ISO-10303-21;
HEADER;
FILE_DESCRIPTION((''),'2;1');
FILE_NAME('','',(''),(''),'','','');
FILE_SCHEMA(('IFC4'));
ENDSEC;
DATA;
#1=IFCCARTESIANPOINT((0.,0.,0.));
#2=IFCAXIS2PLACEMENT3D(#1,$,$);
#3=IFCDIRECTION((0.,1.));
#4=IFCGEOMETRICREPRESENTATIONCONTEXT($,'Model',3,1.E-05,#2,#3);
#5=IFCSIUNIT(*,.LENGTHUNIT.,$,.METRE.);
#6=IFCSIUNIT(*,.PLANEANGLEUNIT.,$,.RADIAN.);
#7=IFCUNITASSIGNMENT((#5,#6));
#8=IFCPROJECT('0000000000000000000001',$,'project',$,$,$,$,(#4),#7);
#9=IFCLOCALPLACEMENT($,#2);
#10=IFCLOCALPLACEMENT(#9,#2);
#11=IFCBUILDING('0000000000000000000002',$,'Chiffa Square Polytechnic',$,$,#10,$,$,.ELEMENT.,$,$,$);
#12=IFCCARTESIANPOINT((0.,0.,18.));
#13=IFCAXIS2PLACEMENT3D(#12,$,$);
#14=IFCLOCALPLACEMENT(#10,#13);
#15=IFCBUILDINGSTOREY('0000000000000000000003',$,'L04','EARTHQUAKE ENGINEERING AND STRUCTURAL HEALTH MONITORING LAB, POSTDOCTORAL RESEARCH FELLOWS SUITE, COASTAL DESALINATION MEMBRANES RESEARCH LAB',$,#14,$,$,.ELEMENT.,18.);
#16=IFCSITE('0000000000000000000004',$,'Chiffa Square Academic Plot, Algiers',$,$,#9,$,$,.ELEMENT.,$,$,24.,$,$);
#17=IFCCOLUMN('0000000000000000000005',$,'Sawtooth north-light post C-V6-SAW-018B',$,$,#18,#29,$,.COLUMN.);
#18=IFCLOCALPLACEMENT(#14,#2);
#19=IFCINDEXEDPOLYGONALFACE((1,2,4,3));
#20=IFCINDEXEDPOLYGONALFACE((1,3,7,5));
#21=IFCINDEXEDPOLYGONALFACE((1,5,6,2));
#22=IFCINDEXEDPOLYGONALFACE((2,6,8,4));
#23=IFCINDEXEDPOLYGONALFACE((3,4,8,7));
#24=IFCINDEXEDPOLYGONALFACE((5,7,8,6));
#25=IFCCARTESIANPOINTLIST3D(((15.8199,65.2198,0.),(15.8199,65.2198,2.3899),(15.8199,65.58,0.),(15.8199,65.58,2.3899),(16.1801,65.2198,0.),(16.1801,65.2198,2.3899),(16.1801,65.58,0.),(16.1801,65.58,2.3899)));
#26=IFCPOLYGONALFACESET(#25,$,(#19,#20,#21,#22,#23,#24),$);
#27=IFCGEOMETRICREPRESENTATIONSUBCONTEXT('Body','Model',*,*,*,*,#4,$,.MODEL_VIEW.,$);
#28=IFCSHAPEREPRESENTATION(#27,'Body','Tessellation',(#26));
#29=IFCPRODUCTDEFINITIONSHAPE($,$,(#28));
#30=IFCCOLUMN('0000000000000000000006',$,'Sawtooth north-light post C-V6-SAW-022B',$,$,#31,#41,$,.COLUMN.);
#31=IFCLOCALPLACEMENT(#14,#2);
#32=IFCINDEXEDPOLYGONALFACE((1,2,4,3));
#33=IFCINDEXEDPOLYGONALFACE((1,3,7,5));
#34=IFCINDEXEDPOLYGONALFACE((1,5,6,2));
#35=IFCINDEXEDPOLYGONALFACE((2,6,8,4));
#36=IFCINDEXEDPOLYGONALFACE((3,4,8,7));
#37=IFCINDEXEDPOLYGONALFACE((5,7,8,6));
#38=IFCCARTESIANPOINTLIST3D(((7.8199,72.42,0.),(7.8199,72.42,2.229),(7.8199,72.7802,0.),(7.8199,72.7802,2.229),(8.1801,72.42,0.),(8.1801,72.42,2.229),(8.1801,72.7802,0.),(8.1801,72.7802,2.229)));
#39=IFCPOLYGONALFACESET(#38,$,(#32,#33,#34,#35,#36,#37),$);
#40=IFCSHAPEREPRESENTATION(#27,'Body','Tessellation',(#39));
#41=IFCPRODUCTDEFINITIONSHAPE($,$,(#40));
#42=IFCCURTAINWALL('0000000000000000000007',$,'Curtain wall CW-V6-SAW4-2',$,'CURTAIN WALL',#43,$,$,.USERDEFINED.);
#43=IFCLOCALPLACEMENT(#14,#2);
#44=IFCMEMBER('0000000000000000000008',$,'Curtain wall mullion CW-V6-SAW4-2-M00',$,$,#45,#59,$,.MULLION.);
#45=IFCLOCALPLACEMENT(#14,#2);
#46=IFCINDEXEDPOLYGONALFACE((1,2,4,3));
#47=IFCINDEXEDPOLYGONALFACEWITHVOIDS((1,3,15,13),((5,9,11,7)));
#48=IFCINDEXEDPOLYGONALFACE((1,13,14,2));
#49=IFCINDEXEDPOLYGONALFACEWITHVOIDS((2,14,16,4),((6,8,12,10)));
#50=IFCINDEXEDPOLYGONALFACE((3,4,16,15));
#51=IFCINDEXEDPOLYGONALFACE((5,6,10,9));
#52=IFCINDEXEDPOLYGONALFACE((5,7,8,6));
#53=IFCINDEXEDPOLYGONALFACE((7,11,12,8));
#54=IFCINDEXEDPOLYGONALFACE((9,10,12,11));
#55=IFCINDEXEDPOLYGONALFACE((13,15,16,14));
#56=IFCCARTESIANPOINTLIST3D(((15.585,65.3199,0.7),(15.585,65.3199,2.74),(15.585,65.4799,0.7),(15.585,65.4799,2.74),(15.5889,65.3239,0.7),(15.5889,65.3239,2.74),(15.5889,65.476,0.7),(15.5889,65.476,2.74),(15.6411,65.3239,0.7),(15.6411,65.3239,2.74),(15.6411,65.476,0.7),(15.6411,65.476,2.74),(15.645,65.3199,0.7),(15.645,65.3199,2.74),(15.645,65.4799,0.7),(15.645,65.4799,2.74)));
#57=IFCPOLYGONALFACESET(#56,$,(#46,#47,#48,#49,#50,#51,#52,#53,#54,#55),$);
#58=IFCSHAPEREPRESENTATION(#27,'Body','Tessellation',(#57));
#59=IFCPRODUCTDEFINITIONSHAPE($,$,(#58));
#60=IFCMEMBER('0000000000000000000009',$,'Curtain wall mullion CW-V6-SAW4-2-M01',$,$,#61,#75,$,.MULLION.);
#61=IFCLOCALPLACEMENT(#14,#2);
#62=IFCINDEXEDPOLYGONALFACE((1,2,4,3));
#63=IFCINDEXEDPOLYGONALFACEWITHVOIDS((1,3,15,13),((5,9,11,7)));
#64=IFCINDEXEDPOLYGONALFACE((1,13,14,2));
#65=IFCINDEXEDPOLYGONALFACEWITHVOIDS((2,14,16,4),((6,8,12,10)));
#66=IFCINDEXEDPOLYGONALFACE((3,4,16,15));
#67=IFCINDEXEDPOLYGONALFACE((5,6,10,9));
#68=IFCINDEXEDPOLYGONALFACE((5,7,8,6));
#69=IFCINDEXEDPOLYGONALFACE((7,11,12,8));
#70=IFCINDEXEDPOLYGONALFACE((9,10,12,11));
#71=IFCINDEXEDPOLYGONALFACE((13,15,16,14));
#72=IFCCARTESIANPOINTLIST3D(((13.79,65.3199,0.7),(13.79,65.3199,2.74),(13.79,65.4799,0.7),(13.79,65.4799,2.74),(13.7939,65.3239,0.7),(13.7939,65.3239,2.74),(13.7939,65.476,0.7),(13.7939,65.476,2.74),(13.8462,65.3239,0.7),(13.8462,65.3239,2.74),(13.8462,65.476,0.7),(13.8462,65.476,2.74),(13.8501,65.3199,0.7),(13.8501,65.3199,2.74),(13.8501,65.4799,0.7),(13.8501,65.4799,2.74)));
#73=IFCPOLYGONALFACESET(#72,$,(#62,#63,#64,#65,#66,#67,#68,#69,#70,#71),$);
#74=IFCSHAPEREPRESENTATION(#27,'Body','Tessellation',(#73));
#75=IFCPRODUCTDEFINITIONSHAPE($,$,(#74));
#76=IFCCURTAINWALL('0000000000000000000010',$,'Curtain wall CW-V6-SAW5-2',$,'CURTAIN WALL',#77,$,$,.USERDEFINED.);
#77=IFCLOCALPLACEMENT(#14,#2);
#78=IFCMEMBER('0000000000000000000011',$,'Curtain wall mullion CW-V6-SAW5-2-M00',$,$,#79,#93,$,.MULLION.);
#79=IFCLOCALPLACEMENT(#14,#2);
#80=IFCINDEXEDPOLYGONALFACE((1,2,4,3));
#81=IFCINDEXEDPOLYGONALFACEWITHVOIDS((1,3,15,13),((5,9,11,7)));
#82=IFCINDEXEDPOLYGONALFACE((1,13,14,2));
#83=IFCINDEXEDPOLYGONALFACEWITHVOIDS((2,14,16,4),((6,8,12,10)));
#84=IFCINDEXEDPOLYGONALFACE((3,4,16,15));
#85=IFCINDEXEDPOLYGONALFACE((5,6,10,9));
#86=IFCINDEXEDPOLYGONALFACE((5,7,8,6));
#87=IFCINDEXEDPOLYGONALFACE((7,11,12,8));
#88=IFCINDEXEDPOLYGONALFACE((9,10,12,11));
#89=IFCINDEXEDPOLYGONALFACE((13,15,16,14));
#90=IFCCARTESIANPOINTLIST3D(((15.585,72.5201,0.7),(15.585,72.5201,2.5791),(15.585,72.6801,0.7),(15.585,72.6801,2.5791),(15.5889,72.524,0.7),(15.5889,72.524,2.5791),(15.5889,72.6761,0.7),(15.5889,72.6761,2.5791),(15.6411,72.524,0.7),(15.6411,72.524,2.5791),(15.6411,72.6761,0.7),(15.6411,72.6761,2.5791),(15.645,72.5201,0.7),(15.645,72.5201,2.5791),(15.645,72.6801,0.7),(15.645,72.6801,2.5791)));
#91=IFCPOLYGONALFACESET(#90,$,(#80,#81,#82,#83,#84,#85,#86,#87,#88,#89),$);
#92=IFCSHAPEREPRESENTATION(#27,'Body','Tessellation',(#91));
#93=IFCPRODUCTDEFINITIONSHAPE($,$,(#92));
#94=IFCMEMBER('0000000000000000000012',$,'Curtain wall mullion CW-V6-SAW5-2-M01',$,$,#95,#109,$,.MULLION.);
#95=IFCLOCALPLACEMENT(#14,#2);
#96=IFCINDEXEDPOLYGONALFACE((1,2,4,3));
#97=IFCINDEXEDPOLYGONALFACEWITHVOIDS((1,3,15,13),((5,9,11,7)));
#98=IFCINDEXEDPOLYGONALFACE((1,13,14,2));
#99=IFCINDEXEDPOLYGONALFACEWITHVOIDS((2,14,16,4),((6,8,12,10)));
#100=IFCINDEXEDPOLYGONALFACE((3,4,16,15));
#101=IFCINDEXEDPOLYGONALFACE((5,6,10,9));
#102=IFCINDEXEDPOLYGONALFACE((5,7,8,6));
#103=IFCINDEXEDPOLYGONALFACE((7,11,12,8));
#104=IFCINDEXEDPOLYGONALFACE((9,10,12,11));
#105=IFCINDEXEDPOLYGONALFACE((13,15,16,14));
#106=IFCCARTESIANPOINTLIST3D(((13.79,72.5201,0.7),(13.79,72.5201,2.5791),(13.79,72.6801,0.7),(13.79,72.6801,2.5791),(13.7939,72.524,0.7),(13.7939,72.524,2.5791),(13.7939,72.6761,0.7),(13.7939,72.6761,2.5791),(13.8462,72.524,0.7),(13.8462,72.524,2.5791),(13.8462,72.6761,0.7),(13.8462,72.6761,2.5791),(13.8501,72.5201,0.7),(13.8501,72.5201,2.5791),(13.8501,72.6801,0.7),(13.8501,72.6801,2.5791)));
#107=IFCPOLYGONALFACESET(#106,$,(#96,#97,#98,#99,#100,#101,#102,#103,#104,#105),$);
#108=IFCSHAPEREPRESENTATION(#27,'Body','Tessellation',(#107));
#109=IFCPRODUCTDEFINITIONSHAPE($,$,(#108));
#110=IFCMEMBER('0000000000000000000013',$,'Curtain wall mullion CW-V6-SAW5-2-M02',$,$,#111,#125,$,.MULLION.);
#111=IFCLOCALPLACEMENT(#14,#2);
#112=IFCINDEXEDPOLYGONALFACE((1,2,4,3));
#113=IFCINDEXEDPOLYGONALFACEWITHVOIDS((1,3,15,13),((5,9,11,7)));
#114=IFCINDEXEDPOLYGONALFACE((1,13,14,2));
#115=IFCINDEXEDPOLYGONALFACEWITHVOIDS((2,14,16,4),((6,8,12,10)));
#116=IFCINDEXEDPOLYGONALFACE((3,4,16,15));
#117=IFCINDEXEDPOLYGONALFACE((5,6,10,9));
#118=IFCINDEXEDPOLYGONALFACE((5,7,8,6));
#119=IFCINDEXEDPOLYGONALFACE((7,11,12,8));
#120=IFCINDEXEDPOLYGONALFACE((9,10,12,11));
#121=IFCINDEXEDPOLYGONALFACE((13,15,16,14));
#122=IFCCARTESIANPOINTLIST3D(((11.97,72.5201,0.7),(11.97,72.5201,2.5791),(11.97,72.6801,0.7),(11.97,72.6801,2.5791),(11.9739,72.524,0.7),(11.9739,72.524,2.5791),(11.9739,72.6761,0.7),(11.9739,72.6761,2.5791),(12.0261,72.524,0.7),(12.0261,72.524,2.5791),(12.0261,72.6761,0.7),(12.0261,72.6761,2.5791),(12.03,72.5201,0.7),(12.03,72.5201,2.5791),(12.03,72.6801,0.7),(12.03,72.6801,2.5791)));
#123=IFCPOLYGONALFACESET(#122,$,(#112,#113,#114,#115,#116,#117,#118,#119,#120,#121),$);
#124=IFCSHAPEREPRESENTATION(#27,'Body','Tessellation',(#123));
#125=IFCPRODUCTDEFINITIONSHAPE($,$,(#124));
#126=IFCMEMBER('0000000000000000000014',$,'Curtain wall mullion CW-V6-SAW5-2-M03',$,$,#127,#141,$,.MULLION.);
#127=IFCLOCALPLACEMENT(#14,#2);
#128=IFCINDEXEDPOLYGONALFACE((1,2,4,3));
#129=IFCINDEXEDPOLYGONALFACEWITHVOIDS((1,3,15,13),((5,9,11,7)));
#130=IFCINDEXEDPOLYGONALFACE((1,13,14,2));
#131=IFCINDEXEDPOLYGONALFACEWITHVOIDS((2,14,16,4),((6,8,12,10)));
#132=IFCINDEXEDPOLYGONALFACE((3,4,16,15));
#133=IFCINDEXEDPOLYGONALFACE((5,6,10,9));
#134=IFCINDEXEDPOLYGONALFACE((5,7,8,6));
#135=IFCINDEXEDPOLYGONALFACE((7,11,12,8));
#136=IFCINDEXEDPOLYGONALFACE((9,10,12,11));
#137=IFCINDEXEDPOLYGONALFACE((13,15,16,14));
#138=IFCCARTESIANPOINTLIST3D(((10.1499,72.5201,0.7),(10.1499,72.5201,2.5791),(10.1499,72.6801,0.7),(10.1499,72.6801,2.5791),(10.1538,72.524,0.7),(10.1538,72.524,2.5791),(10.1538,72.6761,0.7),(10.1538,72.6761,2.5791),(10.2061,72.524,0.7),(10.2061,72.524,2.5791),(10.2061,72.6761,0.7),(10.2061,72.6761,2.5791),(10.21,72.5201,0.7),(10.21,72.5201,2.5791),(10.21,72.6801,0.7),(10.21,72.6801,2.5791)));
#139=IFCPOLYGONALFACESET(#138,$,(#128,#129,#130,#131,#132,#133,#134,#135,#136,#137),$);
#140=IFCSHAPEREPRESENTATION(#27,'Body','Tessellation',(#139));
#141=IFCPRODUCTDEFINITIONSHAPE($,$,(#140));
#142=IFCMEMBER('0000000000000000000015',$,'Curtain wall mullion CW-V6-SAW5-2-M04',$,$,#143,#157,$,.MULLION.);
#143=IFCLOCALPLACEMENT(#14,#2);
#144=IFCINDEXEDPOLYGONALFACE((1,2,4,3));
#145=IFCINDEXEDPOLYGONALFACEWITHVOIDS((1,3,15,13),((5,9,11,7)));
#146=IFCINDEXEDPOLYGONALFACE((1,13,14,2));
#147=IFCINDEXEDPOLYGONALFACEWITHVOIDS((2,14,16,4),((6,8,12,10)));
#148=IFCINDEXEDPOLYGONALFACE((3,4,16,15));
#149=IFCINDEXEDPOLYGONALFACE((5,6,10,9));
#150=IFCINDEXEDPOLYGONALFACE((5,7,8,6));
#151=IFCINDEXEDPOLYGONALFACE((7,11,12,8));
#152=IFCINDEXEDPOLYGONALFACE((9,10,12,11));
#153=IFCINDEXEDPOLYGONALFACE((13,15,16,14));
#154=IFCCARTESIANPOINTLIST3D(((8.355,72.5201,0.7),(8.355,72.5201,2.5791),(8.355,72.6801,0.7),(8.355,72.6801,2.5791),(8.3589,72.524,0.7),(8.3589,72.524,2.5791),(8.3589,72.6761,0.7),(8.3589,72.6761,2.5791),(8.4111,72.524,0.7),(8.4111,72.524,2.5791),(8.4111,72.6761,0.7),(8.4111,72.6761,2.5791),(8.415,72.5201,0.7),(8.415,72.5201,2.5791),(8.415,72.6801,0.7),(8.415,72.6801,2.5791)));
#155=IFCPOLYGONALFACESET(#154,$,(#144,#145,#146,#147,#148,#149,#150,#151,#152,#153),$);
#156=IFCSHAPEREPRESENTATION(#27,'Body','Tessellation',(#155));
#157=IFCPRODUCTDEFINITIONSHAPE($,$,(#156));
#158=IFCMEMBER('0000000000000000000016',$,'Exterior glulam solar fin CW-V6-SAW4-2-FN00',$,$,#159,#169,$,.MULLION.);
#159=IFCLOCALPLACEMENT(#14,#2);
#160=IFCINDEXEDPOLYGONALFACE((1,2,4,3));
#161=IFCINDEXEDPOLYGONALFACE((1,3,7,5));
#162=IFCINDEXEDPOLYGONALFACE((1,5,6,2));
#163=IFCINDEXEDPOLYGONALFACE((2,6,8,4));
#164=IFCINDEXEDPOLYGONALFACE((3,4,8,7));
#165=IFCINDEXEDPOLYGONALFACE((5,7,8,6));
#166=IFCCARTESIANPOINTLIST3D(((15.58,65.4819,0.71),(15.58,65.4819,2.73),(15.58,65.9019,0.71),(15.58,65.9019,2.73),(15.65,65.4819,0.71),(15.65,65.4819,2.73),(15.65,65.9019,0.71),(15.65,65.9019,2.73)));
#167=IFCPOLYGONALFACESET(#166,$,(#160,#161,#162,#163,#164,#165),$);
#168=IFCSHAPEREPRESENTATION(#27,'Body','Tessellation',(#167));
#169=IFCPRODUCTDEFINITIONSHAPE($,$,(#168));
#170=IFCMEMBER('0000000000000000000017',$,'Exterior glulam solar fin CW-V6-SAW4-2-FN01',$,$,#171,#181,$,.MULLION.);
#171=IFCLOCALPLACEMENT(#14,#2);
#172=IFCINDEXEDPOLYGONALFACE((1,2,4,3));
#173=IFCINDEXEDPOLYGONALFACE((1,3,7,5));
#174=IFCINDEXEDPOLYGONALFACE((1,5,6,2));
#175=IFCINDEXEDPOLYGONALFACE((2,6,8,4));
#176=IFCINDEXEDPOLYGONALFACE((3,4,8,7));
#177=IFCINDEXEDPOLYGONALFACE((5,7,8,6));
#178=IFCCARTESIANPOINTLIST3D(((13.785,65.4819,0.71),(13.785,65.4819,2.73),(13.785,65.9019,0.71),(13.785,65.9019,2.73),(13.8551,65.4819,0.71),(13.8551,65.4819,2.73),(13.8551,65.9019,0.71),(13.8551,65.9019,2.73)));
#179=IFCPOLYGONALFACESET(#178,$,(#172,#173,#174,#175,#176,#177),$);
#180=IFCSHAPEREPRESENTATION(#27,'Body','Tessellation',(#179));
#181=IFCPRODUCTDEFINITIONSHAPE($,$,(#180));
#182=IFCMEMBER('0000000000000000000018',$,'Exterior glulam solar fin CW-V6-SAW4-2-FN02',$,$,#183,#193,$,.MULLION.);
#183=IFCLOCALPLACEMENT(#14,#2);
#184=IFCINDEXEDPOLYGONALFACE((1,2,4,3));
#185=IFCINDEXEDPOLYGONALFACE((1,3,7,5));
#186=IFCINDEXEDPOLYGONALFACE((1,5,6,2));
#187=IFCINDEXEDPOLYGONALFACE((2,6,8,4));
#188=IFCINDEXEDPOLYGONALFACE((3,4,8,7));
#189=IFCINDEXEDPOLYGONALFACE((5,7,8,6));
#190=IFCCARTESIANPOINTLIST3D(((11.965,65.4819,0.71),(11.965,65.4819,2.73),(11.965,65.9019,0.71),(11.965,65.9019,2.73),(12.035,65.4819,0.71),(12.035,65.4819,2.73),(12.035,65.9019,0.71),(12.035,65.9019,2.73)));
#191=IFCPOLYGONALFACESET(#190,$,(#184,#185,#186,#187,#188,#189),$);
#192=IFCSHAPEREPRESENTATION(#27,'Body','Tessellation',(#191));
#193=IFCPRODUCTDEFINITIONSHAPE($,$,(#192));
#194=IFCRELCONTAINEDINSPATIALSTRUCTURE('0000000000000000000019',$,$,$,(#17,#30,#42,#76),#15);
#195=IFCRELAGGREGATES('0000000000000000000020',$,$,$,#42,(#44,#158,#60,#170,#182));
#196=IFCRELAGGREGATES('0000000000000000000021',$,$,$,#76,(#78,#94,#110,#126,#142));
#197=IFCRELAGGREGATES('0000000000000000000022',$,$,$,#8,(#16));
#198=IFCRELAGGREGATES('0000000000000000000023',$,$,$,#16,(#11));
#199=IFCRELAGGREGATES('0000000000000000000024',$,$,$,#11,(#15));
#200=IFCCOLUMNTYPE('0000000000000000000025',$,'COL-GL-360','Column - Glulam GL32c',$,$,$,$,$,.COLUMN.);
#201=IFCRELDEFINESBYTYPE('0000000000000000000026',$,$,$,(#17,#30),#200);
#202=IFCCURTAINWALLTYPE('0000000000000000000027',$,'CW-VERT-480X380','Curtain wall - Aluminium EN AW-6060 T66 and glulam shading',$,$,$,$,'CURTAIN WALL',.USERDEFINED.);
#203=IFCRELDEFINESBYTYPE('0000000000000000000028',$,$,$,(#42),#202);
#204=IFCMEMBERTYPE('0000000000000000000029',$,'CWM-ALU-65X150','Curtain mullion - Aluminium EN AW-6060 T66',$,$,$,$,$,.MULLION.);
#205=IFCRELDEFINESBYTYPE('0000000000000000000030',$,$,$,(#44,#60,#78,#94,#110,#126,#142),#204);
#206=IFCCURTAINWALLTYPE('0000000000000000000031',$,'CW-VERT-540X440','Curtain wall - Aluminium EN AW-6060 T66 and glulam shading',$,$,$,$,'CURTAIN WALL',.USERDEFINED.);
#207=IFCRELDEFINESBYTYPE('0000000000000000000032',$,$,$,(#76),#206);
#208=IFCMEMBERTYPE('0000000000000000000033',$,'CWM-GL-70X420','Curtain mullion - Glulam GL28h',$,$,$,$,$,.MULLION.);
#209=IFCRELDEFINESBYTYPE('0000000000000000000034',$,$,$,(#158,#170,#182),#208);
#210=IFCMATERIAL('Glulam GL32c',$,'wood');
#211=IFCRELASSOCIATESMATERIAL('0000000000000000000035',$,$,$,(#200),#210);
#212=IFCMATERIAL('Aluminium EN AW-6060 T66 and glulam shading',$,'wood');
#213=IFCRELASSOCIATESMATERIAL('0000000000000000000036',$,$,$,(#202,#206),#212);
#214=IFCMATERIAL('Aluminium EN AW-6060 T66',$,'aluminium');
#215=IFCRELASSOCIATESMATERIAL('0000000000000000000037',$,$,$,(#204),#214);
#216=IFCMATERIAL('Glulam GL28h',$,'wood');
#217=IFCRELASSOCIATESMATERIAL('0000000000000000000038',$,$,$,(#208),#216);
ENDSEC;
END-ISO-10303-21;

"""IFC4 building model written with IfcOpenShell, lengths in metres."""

from ifc_helpers import new_model, si_unit, direction, frame, origin, origin_2d, place, context, subcontext, project, spatial, rectangle, hollow_rectangle, extrude, material, material_profile, profile_set, type_object, element, aggregate, save


model = new_model("IFC4")

# Units and contexts
model_context = context("Model", 3, precision=1e-05, world=origin(), true_north=direction((0.0, 1.0)))
body_context = subcontext(model_context, "Body", "Model", "MODEL_VIEW")
ifc_project = project(units=[si_unit("LENGTHUNIT", "METRE"), si_unit("PLANEANGLEUNIT", "RADIAN")], contexts=[model_context])

# Site, building, storey
site_placement = place(None, origin())
site = spatial("IfcSite", under=ifc_project, at=site_placement, Name="Chiffa Square Academic Plot, Algiers", CompositionType="ELEMENT", RefElevation=24.0)
building_placement = place(site_placement, origin())
building = spatial("IfcBuilding", under=site, at=building_placement, Name="Chiffa Square Polytechnic", CompositionType="ELEMENT")
storey_placement = place(building_placement, frame((0.0, 0.0, 18.0)))
storey = spatial("IfcBuildingStorey", under=building, at=storey_placement, Name="L04", Description="EARTHQUAKE ENGINEERING AND STRUCTURAL HEALTH MONITORING LAB, POSTDOCTORAL RESEARCH FELLOWS SUITE, COASTAL DESALINATION MEMBRANES RESEARCH LAB", CompositionType="ELEMENT", Elevation=18.0)

# Columns
ifc_material_1 = material(Name="Glulam GL32c", Category="wood")
ifc_material_profile_1 = material_profile(ifc_material_1, rectangle(XDim=0.3601, YDim=0.3601, at=origin_2d()), Name="GL32c 360x360")
ifc_profile_set_1 = profile_set([ifc_material_profile_1], Name="Glulam GL32c")
column_type = type_object("IfcColumnType", Name="COL-GL-360", Description="Column - Glulam GL32c", PredefinedType="COLUMN", material=ifc_profile_set_1)
column_1_placement = place(storey_placement, frame((16.0, 65.3999, 0.0), z_axis=(0.0, 0.0, 1.0), x_axis=(1.0, 0.0, 0.0)))
element("IfcColumn", 1, at=column_1_placement, inside=storey, type_object=column_type, Name="Sawtooth north-light post C-V6-SAW-018B", PredefinedType="COLUMN", context=body_context, shape_type="SweptSolid", body=[
    extrude(rectangle(XDim=0.3601, YDim=0.3601, at=origin_2d()), origin(), (0.0, 0.0, 1.0), 2.3899),
])
column_2_placement = place(storey_placement, frame((8.0, 72.6001, 0.0), z_axis=(0.0, 0.0, 1.0), x_axis=(1.0, 0.0, 0.0)))
element("IfcColumn", 2, at=column_2_placement, inside=storey, type_object=column_type, Name="Sawtooth north-light post C-V6-SAW-022B", PredefinedType="COLUMN", context=body_context, shape_type="SweptSolid", body=[
    extrude(rectangle(XDim=0.3601, YDim=0.3601, at=origin_2d()), origin(), (0.0, 0.0, 1.0), 2.229),
])

# Curtain walls, members
ifc_material_2 = material(Name="Aluminium EN AW-6060 T66 and glulam shading", Category="wood")
curtain_wall_type_1 = type_object("IfcCurtainWallType", Name="CW-VERT-480X380", Description="Curtain wall - Aluminium EN AW-6060 T66 and glulam shading", ElementType="CURTAIN WALL", PredefinedType="USERDEFINED", material=ifc_material_2)
curtain_wall_1_placement = place(storey_placement, origin())
curtain_wall_1 = element("IfcCurtainWall", 3, at=curtain_wall_1_placement, inside=storey, type_object=curtain_wall_type_1, Name="Curtain wall CW-V6-SAW4-2", ObjectType="CURTAIN WALL", PredefinedType="USERDEFINED")
ifc_material_3 = material(Name="Aluminium EN AW-6060 T66", Category="aluminium")
ifc_material_profile_2 = material_profile(ifc_material_3, hollow_rectangle(XDim=0.0601, YDim=0.1599, WallThickness=0.0039, at=origin_2d()), Name="ALU 60x160x4")
ifc_profile_set_2 = profile_set([ifc_material_profile_2], Name="Aluminium EN AW-6060 T66")
member_type_1 = type_object("IfcMemberType", Name="CWM-ALU-65X150", Description="Curtain mullion - Aluminium EN AW-6060 T66", PredefinedType="MULLION", material=ifc_profile_set_2)
member_1_placement = place(storey_placement, frame((15.615, 65.3999, 0.7), z_axis=(0.0, 0.0, 1.0), x_axis=(1.0, 0.0, 0.0)))
member_1 = element("IfcMember", 4, at=member_1_placement, type_object=member_type_1, Name="Curtain wall mullion CW-V6-SAW4-2-M00", PredefinedType="MULLION", context=body_context, shape_type="SweptSolid", body=[
    extrude(hollow_rectangle(XDim=0.0601, YDim=0.1599, WallThickness=0.0039, at=origin_2d()), origin(), (0.0, 0.0, 1.0), 2.04),
])
member_2_placement = place(storey_placement, frame((13.8201, 65.3999, 0.7), z_axis=(0.0, 0.0, 1.0), x_axis=(1.0, 0.0, 0.0)))
member_2 = element("IfcMember", 5, at=member_2_placement, type_object=member_type_1, Name="Curtain wall mullion CW-V6-SAW4-2-M01", PredefinedType="MULLION", context=body_context, shape_type="SweptSolid", body=[
    extrude(hollow_rectangle(XDim=0.0601, YDim=0.1599, WallThickness=0.0039, at=origin_2d()), origin(), (0.0, 0.0, 1.0), 2.04),
])
curtain_wall_type_2 = type_object("IfcCurtainWallType", Name="CW-VERT-540X440", Description="Curtain wall - Aluminium EN AW-6060 T66 and glulam shading", ElementType="CURTAIN WALL", PredefinedType="USERDEFINED", material=ifc_material_2)
curtain_wall_2_placement = place(storey_placement, origin())
curtain_wall_2 = element("IfcCurtainWall", 6, at=curtain_wall_2_placement, inside=storey, type_object=curtain_wall_type_2, Name="Curtain wall CW-V6-SAW5-2", ObjectType="CURTAIN WALL", PredefinedType="USERDEFINED")
member_3_placement = place(storey_placement, frame((15.615, 72.6001, 0.7), z_axis=(0.0, 0.0, 1.0), x_axis=(1.0, 0.0, 0.0)))
member_3 = element("IfcMember", 7, at=member_3_placement, type_object=member_type_1, Name="Curtain wall mullion CW-V6-SAW5-2-M00", PredefinedType="MULLION", context=body_context, shape_type="SweptSolid", body=[
    extrude(hollow_rectangle(XDim=0.0601, YDim=0.1599, WallThickness=0.0039, at=origin_2d()), origin(), (0.0, 0.0, 1.0), 1.8792),
])
member_4_placement = place(storey_placement, frame((13.8201, 72.6001, 0.7), z_axis=(0.0, 0.0, 1.0), x_axis=(1.0, 0.0, 0.0)))
member_4 = element("IfcMember", 8, at=member_4_placement, type_object=member_type_1, Name="Curtain wall mullion CW-V6-SAW5-2-M01", PredefinedType="MULLION", context=body_context, shape_type="SweptSolid", body=[
    extrude(hollow_rectangle(XDim=0.0601, YDim=0.1599, WallThickness=0.0039, at=origin_2d()), origin(), (0.0, 0.0, 1.0), 1.8792),
])
member_5_placement = place(storey_placement, frame((12.0, 72.6001, 0.7), z_axis=(0.0, 0.0, 1.0), x_axis=(1.0, 0.0, 0.0)))
member_5 = element("IfcMember", 9, at=member_5_placement, type_object=member_type_1, Name="Curtain wall mullion CW-V6-SAW5-2-M02", PredefinedType="MULLION", context=body_context, shape_type="SweptSolid", body=[
    extrude(hollow_rectangle(XDim=0.0601, YDim=0.1599, WallThickness=0.0039, at=origin_2d()), origin(), (0.0, 0.0, 1.0), 1.8792),
])
member_6_placement = place(storey_placement, frame((10.1799, 72.6001, 0.7), z_axis=(0.0, 0.0, 1.0), x_axis=(1.0, 0.0, 0.0)))
member_6 = element("IfcMember", 10, at=member_6_placement, type_object=member_type_1, Name="Curtain wall mullion CW-V6-SAW5-2-M03", PredefinedType="MULLION", context=body_context, shape_type="SweptSolid", body=[
    extrude(hollow_rectangle(XDim=0.0601, YDim=0.1599, WallThickness=0.0039, at=origin_2d()), origin(), (0.0, 0.0, 1.0), 1.8792),
])
member_7_placement = place(storey_placement, frame((8.385, 72.6001, 0.7), z_axis=(0.0, 0.0, 1.0), x_axis=(1.0, 0.0, 0.0)))
member_7 = element("IfcMember", 11, at=member_7_placement, type_object=member_type_1, Name="Curtain wall mullion CW-V6-SAW5-2-M04", PredefinedType="MULLION", context=body_context, shape_type="SweptSolid", body=[
    extrude(hollow_rectangle(XDim=0.0601, YDim=0.1599, WallThickness=0.0039, at=origin_2d()), origin(), (0.0, 0.0, 1.0), 1.8792),
])

# Members
ifc_material_4 = material(Name="Glulam GL28h", Category="wood")
ifc_material_profile_3 = material_profile(ifc_material_4, rectangle(XDim=0.0701, YDim=0.4199, at=origin_2d()), Name="GL28h 70x420")
ifc_profile_set_3 = profile_set([ifc_material_profile_3], Name="Glulam GL28h")
member_type_2 = type_object("IfcMemberType", Name="CWM-GL-70X420", Description="Curtain mullion - Glulam GL28h", PredefinedType="MULLION", material=ifc_profile_set_3)
member_8_placement = place(storey_placement, frame((15.615, 65.6919, 0.71), z_axis=(0.0, 0.0, 1.0), x_axis=(-1.0, 0.0, 0.0)))
member_8 = element("IfcMember", 12, at=member_8_placement, type_object=member_type_2, Name="Exterior glulam solar fin CW-V6-SAW4-2-FN00", PredefinedType="MULLION", context=body_context, shape_type="SweptSolid", body=[
    extrude(rectangle(XDim=0.0701, YDim=0.4199, at=origin_2d()), origin(), (0.0, 0.0, 1.0), 2.02),
])
member_9_placement = place(storey_placement, frame((13.8201, 65.6919, 0.71), z_axis=(0.0, 0.0, 1.0), x_axis=(-1.0, 0.0, 0.0)))
member_9 = element("IfcMember", 13, at=member_9_placement, type_object=member_type_2, Name="Exterior glulam solar fin CW-V6-SAW4-2-FN01", PredefinedType="MULLION", context=body_context, shape_type="SweptSolid", body=[
    extrude(rectangle(XDim=0.0701, YDim=0.4199, at=origin_2d()), origin(), (0.0, 0.0, 1.0), 2.02),
])
member_10_placement = place(storey_placement, frame((12.0, 65.6919, 0.71), z_axis=(0.0, 0.0, 1.0), x_axis=(-1.0, 0.0, 0.0)))
member_10 = element("IfcMember", 14, at=member_10_placement, type_object=member_type_2, Name="Exterior glulam solar fin CW-V6-SAW4-2-FN02", PredefinedType="MULLION", context=body_context, shape_type="SweptSolid", body=[
    extrude(rectangle(XDim=0.0701, YDim=0.4199, at=origin_2d()), origin(), (0.0, 0.0, 1.0), 2.02),
])

aggregate(curtain_wall_1, [member_1, member_8, member_2, member_9, member_10])
aggregate(curtain_wall_2, [member_3, member_4, member_5, member_6, member_7])

save(model, "model.ifc")
